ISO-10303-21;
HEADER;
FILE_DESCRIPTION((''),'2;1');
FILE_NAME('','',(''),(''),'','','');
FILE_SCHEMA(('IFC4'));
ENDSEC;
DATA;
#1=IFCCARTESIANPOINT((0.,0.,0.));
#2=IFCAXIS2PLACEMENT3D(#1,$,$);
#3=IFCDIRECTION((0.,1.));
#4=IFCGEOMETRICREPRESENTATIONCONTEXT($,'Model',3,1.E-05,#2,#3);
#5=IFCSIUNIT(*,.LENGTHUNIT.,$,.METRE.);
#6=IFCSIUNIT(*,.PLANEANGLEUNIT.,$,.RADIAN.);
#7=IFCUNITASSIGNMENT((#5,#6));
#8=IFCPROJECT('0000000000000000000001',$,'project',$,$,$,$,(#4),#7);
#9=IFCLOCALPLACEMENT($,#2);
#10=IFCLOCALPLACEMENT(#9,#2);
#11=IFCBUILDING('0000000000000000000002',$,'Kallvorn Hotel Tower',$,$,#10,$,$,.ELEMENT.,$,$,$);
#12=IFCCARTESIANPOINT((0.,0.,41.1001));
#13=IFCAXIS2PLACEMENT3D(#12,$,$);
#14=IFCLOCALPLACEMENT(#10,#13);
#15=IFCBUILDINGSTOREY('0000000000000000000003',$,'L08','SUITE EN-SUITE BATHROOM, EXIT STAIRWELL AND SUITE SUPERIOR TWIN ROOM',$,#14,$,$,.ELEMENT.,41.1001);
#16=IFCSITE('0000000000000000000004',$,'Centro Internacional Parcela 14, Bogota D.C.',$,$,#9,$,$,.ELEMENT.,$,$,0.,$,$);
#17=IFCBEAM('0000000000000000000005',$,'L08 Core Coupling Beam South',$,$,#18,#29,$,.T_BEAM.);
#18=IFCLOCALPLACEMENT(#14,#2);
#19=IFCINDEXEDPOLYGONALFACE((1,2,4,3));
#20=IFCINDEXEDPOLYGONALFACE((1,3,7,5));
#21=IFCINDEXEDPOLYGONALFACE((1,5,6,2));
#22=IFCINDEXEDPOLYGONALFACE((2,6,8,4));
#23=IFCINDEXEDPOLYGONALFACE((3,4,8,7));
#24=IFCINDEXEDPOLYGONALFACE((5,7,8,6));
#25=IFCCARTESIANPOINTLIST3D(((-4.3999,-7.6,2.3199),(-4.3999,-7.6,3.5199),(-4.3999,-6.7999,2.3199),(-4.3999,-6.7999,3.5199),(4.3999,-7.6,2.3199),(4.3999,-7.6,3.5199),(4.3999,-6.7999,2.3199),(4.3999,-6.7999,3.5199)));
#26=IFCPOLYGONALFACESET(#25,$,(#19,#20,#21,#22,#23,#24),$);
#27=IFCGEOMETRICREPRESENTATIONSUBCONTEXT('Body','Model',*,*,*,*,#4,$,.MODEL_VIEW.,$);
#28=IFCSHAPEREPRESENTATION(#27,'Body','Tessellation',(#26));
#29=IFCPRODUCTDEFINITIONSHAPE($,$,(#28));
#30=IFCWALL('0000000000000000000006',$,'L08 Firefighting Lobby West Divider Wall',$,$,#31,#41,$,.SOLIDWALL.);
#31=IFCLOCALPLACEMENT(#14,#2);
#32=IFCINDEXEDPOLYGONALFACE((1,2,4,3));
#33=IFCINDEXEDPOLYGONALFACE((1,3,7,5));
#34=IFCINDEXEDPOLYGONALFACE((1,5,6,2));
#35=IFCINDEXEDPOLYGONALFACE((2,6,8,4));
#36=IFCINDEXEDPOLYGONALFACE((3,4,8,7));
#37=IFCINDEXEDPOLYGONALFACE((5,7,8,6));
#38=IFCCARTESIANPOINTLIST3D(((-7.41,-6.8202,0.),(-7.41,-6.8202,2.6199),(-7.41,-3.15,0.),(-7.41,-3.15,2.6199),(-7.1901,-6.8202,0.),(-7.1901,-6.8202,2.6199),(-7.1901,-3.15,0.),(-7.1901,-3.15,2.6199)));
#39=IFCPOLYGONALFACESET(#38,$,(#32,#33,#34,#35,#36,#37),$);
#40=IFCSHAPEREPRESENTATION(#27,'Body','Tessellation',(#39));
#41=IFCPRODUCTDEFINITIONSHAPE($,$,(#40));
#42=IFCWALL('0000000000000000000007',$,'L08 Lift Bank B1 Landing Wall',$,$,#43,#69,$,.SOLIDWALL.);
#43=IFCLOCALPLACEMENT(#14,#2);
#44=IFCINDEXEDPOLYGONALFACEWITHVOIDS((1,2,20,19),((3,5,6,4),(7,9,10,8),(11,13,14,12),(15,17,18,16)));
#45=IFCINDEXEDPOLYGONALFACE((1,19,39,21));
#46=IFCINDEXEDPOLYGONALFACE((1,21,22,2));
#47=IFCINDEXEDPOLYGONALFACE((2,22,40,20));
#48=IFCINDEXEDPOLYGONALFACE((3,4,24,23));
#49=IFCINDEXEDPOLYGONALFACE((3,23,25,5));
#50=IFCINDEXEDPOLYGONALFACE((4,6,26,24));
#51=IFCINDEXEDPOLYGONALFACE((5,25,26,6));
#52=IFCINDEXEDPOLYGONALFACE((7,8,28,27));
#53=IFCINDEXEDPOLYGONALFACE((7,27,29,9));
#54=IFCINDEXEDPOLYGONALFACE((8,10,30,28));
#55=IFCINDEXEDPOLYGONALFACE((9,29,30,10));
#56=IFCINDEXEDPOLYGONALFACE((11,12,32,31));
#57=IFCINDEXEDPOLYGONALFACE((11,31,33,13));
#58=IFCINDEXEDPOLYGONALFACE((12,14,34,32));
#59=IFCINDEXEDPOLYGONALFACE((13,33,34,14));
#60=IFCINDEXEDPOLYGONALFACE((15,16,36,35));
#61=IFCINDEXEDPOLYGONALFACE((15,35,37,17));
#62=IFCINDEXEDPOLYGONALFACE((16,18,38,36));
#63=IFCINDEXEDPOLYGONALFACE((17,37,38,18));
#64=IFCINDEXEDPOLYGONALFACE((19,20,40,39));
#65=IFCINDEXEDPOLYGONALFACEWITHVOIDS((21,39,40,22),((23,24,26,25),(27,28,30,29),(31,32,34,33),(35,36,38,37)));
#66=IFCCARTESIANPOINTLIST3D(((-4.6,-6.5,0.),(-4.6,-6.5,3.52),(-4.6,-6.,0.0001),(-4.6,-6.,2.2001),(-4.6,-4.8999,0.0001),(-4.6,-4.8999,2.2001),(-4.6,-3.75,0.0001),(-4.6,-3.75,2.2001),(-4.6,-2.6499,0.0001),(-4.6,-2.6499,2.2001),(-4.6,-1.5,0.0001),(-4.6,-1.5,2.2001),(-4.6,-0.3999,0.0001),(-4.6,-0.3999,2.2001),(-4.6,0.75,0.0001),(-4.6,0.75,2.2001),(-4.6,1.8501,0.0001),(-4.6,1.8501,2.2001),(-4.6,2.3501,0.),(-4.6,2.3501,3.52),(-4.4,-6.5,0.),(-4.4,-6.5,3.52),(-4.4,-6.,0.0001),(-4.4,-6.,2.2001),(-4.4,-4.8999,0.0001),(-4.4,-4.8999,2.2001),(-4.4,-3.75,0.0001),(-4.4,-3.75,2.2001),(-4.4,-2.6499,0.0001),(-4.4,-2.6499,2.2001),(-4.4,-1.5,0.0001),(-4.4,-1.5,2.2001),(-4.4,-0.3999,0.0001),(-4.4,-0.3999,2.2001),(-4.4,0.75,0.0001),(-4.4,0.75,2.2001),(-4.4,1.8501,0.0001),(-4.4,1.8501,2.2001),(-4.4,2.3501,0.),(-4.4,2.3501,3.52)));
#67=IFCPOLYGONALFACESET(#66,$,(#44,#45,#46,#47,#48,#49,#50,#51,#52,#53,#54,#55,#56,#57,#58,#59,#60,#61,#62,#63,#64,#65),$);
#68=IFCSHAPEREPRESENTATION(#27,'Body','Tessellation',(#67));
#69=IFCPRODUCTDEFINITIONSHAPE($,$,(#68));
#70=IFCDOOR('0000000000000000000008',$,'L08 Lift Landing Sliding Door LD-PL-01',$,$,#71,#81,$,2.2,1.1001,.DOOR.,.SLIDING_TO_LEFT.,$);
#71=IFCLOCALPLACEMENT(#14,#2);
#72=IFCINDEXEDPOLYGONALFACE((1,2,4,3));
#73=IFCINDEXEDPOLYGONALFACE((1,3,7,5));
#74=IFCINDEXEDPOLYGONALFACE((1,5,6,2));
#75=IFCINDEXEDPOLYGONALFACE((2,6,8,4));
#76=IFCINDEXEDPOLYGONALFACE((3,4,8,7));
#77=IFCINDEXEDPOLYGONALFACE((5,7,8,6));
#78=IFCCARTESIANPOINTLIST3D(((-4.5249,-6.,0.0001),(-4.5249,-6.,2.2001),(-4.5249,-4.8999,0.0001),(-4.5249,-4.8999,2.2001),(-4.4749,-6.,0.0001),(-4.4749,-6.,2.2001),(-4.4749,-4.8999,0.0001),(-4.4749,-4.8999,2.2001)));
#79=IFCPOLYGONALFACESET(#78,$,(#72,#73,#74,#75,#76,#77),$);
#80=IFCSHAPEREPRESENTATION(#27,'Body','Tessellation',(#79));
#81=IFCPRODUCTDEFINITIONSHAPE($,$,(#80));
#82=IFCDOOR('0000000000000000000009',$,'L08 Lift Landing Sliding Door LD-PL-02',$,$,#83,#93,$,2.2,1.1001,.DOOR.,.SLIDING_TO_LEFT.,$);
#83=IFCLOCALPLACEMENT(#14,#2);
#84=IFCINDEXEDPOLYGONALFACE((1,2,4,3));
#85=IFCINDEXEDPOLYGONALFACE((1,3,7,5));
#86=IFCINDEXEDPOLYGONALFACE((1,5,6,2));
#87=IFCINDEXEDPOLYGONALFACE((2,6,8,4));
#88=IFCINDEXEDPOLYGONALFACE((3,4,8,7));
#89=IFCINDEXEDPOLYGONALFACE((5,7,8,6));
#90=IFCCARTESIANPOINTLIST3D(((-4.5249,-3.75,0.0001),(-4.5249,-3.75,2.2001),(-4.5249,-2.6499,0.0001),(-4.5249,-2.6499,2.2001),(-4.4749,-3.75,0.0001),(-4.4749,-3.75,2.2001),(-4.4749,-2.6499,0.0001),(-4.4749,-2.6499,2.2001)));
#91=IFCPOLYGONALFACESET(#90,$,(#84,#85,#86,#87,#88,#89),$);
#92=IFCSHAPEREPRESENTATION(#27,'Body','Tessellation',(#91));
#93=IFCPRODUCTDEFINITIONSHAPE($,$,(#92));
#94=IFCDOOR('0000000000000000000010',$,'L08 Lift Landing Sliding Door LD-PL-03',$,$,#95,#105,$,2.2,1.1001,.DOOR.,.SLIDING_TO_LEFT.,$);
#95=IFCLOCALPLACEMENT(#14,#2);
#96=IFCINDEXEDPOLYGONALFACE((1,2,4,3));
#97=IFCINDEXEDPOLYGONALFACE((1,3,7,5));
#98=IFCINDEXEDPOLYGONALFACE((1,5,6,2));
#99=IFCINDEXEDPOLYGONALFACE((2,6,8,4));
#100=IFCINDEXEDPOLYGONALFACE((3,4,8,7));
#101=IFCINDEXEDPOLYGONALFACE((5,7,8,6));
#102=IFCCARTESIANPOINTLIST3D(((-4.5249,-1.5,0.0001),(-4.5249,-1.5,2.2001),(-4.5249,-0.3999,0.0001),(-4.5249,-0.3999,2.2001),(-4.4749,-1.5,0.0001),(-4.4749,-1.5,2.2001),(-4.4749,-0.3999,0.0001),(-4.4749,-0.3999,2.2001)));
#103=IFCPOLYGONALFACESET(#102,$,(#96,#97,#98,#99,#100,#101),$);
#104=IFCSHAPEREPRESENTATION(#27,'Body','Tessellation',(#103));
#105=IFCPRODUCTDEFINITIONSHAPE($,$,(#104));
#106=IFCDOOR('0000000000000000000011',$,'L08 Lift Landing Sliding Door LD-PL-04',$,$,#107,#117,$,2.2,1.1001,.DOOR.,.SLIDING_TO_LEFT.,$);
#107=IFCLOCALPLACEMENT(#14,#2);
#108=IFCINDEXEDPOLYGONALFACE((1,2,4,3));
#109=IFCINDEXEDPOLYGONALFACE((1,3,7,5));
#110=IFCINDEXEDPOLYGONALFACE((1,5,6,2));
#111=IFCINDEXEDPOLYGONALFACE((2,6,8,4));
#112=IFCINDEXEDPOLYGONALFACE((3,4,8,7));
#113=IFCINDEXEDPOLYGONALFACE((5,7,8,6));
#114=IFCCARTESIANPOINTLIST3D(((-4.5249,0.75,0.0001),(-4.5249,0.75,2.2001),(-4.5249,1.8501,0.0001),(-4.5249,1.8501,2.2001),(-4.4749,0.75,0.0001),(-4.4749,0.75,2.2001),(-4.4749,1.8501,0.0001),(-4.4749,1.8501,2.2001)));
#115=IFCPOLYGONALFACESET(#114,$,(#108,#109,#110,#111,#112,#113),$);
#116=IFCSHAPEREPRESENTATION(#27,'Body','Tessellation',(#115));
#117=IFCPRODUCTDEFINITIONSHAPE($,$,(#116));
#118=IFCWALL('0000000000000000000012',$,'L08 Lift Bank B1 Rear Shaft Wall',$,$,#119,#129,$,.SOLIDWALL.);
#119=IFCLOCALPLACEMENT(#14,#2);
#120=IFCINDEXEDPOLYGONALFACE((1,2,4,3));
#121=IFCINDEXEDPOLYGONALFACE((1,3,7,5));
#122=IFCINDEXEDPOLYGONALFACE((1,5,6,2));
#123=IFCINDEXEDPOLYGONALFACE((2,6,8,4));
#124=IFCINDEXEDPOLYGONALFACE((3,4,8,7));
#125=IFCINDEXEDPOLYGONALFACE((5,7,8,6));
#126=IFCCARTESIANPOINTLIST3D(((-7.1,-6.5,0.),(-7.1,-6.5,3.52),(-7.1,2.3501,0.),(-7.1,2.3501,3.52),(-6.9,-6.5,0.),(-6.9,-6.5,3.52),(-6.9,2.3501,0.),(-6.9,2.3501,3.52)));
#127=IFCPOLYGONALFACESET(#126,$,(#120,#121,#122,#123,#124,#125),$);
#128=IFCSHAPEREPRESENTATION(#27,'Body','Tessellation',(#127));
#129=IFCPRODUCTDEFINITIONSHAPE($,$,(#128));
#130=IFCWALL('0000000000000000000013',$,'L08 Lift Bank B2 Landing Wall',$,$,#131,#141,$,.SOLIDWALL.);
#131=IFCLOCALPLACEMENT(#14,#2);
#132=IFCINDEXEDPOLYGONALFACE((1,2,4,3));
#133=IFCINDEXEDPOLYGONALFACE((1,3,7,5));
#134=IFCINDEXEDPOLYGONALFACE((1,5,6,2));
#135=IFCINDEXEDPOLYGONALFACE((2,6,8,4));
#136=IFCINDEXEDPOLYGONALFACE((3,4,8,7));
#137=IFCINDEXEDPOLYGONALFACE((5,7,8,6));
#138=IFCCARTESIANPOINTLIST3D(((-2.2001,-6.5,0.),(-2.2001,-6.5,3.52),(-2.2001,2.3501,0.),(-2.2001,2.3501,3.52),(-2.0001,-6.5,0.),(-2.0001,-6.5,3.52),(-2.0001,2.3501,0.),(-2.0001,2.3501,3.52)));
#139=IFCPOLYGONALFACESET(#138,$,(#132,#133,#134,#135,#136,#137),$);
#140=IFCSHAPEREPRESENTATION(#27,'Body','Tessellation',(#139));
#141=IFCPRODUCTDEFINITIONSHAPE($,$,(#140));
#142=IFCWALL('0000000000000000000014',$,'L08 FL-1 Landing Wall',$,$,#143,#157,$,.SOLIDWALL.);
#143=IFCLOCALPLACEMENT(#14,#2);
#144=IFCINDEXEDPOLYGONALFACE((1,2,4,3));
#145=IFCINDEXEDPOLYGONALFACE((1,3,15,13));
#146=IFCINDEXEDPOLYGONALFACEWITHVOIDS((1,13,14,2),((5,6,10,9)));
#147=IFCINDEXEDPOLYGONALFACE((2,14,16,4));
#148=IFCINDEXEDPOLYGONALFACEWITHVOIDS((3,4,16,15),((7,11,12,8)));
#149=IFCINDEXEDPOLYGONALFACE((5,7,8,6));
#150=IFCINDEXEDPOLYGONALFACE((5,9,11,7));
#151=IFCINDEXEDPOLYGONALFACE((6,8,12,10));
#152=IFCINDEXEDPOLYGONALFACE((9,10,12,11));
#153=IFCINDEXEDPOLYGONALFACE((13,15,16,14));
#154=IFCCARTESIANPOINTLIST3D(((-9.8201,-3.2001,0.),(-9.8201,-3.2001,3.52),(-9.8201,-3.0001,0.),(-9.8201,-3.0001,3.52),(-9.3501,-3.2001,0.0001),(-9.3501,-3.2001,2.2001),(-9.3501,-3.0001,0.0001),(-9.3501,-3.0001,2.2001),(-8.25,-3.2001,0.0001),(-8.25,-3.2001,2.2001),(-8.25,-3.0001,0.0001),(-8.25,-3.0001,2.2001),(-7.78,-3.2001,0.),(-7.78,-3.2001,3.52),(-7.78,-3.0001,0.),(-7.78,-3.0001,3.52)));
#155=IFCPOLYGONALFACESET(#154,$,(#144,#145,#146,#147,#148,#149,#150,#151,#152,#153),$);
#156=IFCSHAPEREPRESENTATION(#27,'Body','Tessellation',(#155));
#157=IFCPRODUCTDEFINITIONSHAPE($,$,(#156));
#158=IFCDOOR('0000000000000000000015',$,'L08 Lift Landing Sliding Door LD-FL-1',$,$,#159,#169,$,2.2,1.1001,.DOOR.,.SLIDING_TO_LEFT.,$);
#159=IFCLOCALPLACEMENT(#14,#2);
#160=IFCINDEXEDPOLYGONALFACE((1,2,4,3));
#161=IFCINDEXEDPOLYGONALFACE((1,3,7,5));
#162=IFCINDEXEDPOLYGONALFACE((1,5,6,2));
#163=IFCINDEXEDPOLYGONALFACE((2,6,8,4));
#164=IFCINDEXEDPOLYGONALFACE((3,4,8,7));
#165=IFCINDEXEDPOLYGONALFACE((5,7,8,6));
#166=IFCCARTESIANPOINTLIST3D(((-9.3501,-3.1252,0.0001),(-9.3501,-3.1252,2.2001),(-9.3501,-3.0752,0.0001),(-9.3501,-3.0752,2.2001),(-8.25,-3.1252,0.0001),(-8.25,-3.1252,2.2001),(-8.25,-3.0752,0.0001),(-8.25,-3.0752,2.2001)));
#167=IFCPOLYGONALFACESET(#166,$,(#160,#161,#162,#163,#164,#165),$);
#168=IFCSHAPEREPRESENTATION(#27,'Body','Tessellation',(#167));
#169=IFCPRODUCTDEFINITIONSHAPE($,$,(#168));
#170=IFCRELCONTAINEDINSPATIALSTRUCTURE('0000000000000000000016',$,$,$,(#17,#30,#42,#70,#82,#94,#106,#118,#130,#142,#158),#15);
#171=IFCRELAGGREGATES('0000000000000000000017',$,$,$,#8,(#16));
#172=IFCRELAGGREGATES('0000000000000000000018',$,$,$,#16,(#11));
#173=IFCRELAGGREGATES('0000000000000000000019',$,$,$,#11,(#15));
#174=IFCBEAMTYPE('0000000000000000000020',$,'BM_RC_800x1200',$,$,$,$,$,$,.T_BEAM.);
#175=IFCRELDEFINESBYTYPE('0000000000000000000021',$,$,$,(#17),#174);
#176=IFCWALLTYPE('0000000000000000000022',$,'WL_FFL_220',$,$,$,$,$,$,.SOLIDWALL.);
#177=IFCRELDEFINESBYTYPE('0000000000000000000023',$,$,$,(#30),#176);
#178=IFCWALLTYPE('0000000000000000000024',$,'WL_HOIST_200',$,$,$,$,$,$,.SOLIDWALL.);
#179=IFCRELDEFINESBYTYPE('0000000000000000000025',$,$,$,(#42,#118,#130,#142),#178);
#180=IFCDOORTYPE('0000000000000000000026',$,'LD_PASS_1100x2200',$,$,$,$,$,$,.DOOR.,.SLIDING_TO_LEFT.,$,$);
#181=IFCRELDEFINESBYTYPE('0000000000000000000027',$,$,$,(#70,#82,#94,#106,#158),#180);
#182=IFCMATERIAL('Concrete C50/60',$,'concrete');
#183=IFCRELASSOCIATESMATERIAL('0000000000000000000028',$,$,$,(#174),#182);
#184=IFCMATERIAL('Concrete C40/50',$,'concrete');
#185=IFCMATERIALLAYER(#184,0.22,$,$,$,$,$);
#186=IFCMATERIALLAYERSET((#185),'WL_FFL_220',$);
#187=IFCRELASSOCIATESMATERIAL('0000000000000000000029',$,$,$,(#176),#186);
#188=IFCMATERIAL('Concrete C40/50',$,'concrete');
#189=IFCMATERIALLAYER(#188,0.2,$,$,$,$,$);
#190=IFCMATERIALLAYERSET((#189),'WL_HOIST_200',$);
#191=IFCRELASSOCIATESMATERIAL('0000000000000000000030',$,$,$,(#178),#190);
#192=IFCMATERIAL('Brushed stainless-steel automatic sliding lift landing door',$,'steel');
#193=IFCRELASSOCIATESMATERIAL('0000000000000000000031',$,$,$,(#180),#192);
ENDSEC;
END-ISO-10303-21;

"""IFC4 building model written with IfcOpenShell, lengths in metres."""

from ifc_helpers import new_model, si_unit, direction, frame, frame_2d, origin, origin_2d, place, context, subcontext, project, spatial, rectangle, extrude, material, layer, layer_set, material_profile, profile_set, type_object, element, fill, save


model = new_model("IFC4")

# Units and contexts
model_context = context("Model", 3, precision=1e-05, world=origin(), true_north=direction((0.0, 1.0)))
body_context = subcontext(model_context, "Body", "Model", "MODEL_VIEW")
ifc_project = project(units=[si_unit("LENGTHUNIT", "METRE"), si_unit("PLANEANGLEUNIT", "RADIAN")], contexts=[model_context])

# Site, building, storey
site_placement = place(None, origin())
site = spatial("IfcSite", under=ifc_project, at=site_placement, Name="Centro Internacional Parcela 14, Bogota D.C.", CompositionType="ELEMENT", RefElevation=0.0)
building_placement = place(site_placement, origin())
building = spatial("IfcBuilding", under=site, at=building_placement, Name="Kallvorn Hotel Tower", CompositionType="ELEMENT")
storey_placement = place(building_placement, frame((0.0, 0.0, 41.1001)))
storey = spatial("IfcBuildingStorey", under=building, at=storey_placement, Name="L08", Description="SUITE EN-SUITE BATHROOM, EXIT STAIRWELL AND SUITE SUPERIOR TWIN ROOM", CompositionType="ELEMENT", Elevation=41.1001)

# Beam
ifc_material_1 = material(Name="Concrete C50/60", Category="concrete")
ifc_material_profile_1 = material_profile(ifc_material_1, rectangle(XDim=0.8, YDim=1.2, at=origin_2d()), Name="RC 800x1200")
ifc_profile_set_1 = profile_set([ifc_material_profile_1], Name="Concrete C50/60")
beam_type_1 = type_object("IfcBeamType", Name="BM_RC_800x1200", PredefinedType="T_BEAM", material=ifc_profile_set_1)
beam_1_placement = place(storey_placement, frame((-4.3999, -7.2, 2.9199), z_axis=(1.0, 0.0, 0.0), x_axis=(0.0, 1.0, 0.0)))
element("IfcBeam", 1, at=beam_1_placement, inside=storey, type_object=beam_type_1, Name="L08 Core Coupling Beam South", PredefinedType="T_BEAM", context=body_context, shape_type="SweptSolid", body=[
    extrude(rectangle(XDim=0.8, YDim=1.2, at=origin_2d()), origin(), (0.0, 0.0, 1.0), 8.7998),
])

# Wall
ifc_material_2 = material(Name="Concrete C40/50", Category="concrete")
ifc_layer_1 = layer(ifc_material_2, 0.22)
ifc_layer_set_1 = layer_set([ifc_layer_1], Name="WL_FFL_220")
wall_type_1 = type_object("IfcWallType", Name="WL_FFL_220", PredefinedType="SOLIDWALL", material=ifc_layer_set_1)
wall_1_placement = place(storey_placement, frame((-7.3, -6.8201, 0.0), z_axis=(0.0, 0.0, 1.0), x_axis=(0.0, 1.0, 0.0)))
element("IfcWall", 2, at=wall_1_placement, inside=storey, type_object=wall_type_1, Name="L08 Firefighting Lobby West Divider Wall", PredefinedType="SOLIDWALL", context=body_context, shape_type="SweptSolid", body=[
    extrude(rectangle(XDim=3.6702, YDim=0.22, at=frame_2d((1.835, 0.0))), origin(), (0.0, 0.0, 1.0), 2.6199),
])

# Wall, openings, doors
ifc_material_3 = material(Name="Concrete C40/50", Category="concrete")
ifc_layer_2 = layer(ifc_material_3, 0.2)
ifc_layer_set_2 = layer_set([ifc_layer_2], Name="WL_HOIST_200")
wall_type_2 = type_object("IfcWallType", Name="WL_HOIST_200", PredefinedType="SOLIDWALL", material=ifc_layer_set_2)
wall_2_placement = place(storey_placement, frame((-4.5, -6.5, 0.0), z_axis=(0.0, 0.0, 1.0), x_axis=(0.0, 1.0, 0.0)))
wall_2 = element("IfcWall", 3, at=wall_2_placement, inside=storey, type_object=wall_type_2, Name="L08 Lift Bank B1 Landing Wall", PredefinedType="SOLIDWALL", context=body_context, shape_type="SweptSolid", body=[
    extrude(rectangle(XDim=8.8501, YDim=0.2, at=frame_2d((4.425, 0.0))), origin(), (0.0, 0.0, 1.0), 3.52),
])
opening_1_placement = place(wall_2_placement, frame((0.5, 0.0, 0.0)))
opening_1 = element("IfcOpeningElement", 4, at=opening_1_placement, cuts=wall_2, PredefinedType="OPENING", context=body_context, shape_type="SweptSolid", body=[
    extrude(rectangle(XDim=1.1001, YDim=2.2, at=frame_2d((0.55, 1.1001))), frame((0.0, 0.115, 0.0), z_axis=(0.0, -1.0, 0.0), x_axis=(1.0, 0.0, 0.0)), (0.0, 0.0, 1.0), 0.23),
])
opening_2_placement = place(wall_2_placement, frame((2.75, 0.0, 0.0)))
opening_2 = element("IfcOpeningElement", 5, at=opening_2_placement, cuts=wall_2, PredefinedType="OPENING", context=body_context, shape_type="SweptSolid", body=[
    extrude(rectangle(XDim=1.1001, YDim=2.2, at=frame_2d((0.55, 1.1001))), frame((0.0, 0.115, 0.0), z_axis=(0.0, -1.0, 0.0), x_axis=(1.0, 0.0, 0.0)), (0.0, 0.0, 1.0), 0.23),
])
opening_3_placement = place(wall_2_placement, frame((5.0, 0.0, 0.0)))
opening_3 = element("IfcOpeningElement", 6, at=opening_3_placement, cuts=wall_2, PredefinedType="OPENING", context=body_context, shape_type="SweptSolid", body=[
    extrude(rectangle(XDim=1.1001, YDim=2.2, at=frame_2d((0.55, 1.1001))), frame((0.0, 0.115, 0.0), z_axis=(0.0, -1.0, 0.0), x_axis=(1.0, 0.0, 0.0)), (0.0, 0.0, 1.0), 0.23),
])
opening_4_placement = place(wall_2_placement, frame((7.25, 0.0, 0.0)))
opening_4 = element("IfcOpeningElement", 7, at=opening_4_placement, cuts=wall_2, PredefinedType="OPENING", context=body_context, shape_type="SweptSolid", body=[
    extrude(rectangle(XDim=1.1001, YDim=2.2, at=frame_2d((0.55, 1.1001))), frame((0.0, 0.115, 0.0), z_axis=(0.0, -1.0, 0.0), x_axis=(1.0, 0.0, 0.0)), (0.0, 0.0, 1.0), 0.23),
])
ifc_material_4 = material(Name="Brushed stainless-steel automatic sliding lift landing door", Category="steel")
door_type_1 = type_object("IfcDoorType", Name="LD_PASS_1100x2200", OperationType="SLIDING_TO_LEFT", PredefinedType="DOOR", material=ifc_material_4)
door_1_placement = place(opening_1_placement, origin())
door_1 = element("IfcDoor", 8, at=door_1_placement, inside=storey, type_object=door_type_1, Name="L08 Lift Landing Sliding Door LD-PL-01", OperationType="SLIDING_TO_LEFT", OverallHeight=2.2, OverallWidth=1.1001, PredefinedType="DOOR", context=body_context, shape_type="SweptSolid", body=[
    extrude(rectangle(XDim=1.1001, YDim=2.2, at=frame_2d((0.55, 1.1001))), frame((0.0, 0.0249, 0.0), z_axis=(0.0, -1.0, 0.0), x_axis=(1.0, 0.0, 0.0)), (0.0, 0.0, 1.0), 0.05),
])
fill(opening_1, door_1)
door_2_placement = place(opening_2_placement, origin())
door_2 = element("IfcDoor", 9, at=door_2_placement, inside=storey, type_object=door_type_1, Name="L08 Lift Landing Sliding Door LD-PL-02", OperationType="SLIDING_TO_LEFT", OverallHeight=2.2, OverallWidth=1.1001, PredefinedType="DOOR", context=body_context, shape_type="SweptSolid", body=[
    extrude(rectangle(XDim=1.1001, YDim=2.2, at=frame_2d((0.55, 1.1001))), frame((0.0, 0.0249, 0.0), z_axis=(0.0, -1.0, 0.0), x_axis=(1.0, 0.0, 0.0)), (0.0, 0.0, 1.0), 0.05),
])
fill(opening_2, door_2)
door_3_placement = place(opening_3_placement, origin())
door_3 = element("IfcDoor", 10, at=door_3_placement, inside=storey, type_object=door_type_1, Name="L08 Lift Landing Sliding Door LD-PL-03", OperationType="SLIDING_TO_LEFT", OverallHeight=2.2, OverallWidth=1.1001, PredefinedType="DOOR", context=body_context, shape_type="SweptSolid", body=[
    extrude(rectangle(XDim=1.1001, YDim=2.2, at=frame_2d((0.55, 1.1001))), frame((0.0, 0.0249, 0.0), z_axis=(0.0, -1.0, 0.0), x_axis=(1.0, 0.0, 0.0)), (0.0, 0.0, 1.0), 0.05),
])
fill(opening_3, door_3)
door_4_placement = place(opening_4_placement, origin())
door_4 = element("IfcDoor", 11, at=door_4_placement, inside=storey, type_object=door_type_1, Name="L08 Lift Landing Sliding Door LD-PL-04", OperationType="SLIDING_TO_LEFT", OverallHeight=2.2, OverallWidth=1.1001, PredefinedType="DOOR", context=body_context, shape_type="SweptSolid", body=[
    extrude(rectangle(XDim=1.1001, YDim=2.2, at=frame_2d((0.55, 1.1001))), frame((0.0, 0.0249, 0.0), z_axis=(0.0, -1.0, 0.0), x_axis=(1.0, 0.0, 0.0)), (0.0, 0.0, 1.0), 0.05),
])
fill(opening_4, door_4)

# Walls
for number, where, z_axis, x_axis, name in (
    (12, (-7.0, -6.5, 0.0), (0.0, 0.0, 1.0), (0.0, 1.0, 0.0), "L08 Lift Bank B1 Rear Shaft Wall"),
    (13, (-2.1001, -6.5, 0.0), (0.0, 0.0, 1.0), (0.0, 1.0, 0.0), "L08 Lift Bank B2 Landing Wall"),
):
    element("IfcWall", number, at=place(storey_placement, frame(where, z_axis=z_axis, x_axis=x_axis)), inside=storey, type_object=wall_type_2, Name=name, PredefinedType="SOLIDWALL", context=body_context, shape_type="SweptSolid", body=[
        extrude(rectangle(XDim=8.8501, YDim=0.2, at=frame_2d((4.425, 0.0))), origin(), (0.0, 0.0, 1.0), 3.52),
    ])

# Wall, opening, door
wall_3_placement = place(storey_placement, frame((-9.8201, -3.1001, 0.0), z_axis=(0.0, 0.0, 1.0), x_axis=(1.0, 0.0, 0.0)))
wall_3 = element("IfcWall", 14, at=wall_3_placement, inside=storey, type_object=wall_type_2, Name="L08 FL-1 Landing Wall", PredefinedType="SOLIDWALL", context=body_context, shape_type="SweptSolid", body=[
    extrude(rectangle(XDim=2.04, YDim=0.2, at=frame_2d((1.02, 0.0))), origin(), (0.0, 0.0, 1.0), 3.52),
])
opening_5_placement = place(wall_3_placement, frame((0.47, 0.0, 0.0)))
opening_5 = element("IfcOpeningElement", 15, at=opening_5_placement, cuts=wall_3, PredefinedType="OPENING", context=body_context, shape_type="SweptSolid", body=[
    extrude(rectangle(XDim=1.1001, YDim=2.2, at=frame_2d((0.55, 1.1001))), frame((0.0, 0.115, 0.0), z_axis=(0.0, -1.0, 0.0), x_axis=(1.0, 0.0, 0.0)), (0.0, 0.0, 1.0), 0.23),
])
door_5_placement = place(opening_5_placement, origin())
door_5 = element("IfcDoor", 16, at=door_5_placement, inside=storey, type_object=door_type_1, Name="L08 Lift Landing Sliding Door LD-FL-1", OperationType="SLIDING_TO_LEFT", OverallHeight=2.2, OverallWidth=1.1001, PredefinedType="DOOR", context=body_context, shape_type="SweptSolid", body=[
    extrude(rectangle(XDim=1.1001, YDim=2.2, at=frame_2d((0.55, 1.1001))), frame((0.0, 0.0249, 0.0), z_axis=(0.0, -1.0, 0.0), x_axis=(1.0, 0.0, 0.0)), (0.0, 0.0, 1.0), 0.05),
])
fill(opening_5, door_5)

save(model, "model.ifc")
